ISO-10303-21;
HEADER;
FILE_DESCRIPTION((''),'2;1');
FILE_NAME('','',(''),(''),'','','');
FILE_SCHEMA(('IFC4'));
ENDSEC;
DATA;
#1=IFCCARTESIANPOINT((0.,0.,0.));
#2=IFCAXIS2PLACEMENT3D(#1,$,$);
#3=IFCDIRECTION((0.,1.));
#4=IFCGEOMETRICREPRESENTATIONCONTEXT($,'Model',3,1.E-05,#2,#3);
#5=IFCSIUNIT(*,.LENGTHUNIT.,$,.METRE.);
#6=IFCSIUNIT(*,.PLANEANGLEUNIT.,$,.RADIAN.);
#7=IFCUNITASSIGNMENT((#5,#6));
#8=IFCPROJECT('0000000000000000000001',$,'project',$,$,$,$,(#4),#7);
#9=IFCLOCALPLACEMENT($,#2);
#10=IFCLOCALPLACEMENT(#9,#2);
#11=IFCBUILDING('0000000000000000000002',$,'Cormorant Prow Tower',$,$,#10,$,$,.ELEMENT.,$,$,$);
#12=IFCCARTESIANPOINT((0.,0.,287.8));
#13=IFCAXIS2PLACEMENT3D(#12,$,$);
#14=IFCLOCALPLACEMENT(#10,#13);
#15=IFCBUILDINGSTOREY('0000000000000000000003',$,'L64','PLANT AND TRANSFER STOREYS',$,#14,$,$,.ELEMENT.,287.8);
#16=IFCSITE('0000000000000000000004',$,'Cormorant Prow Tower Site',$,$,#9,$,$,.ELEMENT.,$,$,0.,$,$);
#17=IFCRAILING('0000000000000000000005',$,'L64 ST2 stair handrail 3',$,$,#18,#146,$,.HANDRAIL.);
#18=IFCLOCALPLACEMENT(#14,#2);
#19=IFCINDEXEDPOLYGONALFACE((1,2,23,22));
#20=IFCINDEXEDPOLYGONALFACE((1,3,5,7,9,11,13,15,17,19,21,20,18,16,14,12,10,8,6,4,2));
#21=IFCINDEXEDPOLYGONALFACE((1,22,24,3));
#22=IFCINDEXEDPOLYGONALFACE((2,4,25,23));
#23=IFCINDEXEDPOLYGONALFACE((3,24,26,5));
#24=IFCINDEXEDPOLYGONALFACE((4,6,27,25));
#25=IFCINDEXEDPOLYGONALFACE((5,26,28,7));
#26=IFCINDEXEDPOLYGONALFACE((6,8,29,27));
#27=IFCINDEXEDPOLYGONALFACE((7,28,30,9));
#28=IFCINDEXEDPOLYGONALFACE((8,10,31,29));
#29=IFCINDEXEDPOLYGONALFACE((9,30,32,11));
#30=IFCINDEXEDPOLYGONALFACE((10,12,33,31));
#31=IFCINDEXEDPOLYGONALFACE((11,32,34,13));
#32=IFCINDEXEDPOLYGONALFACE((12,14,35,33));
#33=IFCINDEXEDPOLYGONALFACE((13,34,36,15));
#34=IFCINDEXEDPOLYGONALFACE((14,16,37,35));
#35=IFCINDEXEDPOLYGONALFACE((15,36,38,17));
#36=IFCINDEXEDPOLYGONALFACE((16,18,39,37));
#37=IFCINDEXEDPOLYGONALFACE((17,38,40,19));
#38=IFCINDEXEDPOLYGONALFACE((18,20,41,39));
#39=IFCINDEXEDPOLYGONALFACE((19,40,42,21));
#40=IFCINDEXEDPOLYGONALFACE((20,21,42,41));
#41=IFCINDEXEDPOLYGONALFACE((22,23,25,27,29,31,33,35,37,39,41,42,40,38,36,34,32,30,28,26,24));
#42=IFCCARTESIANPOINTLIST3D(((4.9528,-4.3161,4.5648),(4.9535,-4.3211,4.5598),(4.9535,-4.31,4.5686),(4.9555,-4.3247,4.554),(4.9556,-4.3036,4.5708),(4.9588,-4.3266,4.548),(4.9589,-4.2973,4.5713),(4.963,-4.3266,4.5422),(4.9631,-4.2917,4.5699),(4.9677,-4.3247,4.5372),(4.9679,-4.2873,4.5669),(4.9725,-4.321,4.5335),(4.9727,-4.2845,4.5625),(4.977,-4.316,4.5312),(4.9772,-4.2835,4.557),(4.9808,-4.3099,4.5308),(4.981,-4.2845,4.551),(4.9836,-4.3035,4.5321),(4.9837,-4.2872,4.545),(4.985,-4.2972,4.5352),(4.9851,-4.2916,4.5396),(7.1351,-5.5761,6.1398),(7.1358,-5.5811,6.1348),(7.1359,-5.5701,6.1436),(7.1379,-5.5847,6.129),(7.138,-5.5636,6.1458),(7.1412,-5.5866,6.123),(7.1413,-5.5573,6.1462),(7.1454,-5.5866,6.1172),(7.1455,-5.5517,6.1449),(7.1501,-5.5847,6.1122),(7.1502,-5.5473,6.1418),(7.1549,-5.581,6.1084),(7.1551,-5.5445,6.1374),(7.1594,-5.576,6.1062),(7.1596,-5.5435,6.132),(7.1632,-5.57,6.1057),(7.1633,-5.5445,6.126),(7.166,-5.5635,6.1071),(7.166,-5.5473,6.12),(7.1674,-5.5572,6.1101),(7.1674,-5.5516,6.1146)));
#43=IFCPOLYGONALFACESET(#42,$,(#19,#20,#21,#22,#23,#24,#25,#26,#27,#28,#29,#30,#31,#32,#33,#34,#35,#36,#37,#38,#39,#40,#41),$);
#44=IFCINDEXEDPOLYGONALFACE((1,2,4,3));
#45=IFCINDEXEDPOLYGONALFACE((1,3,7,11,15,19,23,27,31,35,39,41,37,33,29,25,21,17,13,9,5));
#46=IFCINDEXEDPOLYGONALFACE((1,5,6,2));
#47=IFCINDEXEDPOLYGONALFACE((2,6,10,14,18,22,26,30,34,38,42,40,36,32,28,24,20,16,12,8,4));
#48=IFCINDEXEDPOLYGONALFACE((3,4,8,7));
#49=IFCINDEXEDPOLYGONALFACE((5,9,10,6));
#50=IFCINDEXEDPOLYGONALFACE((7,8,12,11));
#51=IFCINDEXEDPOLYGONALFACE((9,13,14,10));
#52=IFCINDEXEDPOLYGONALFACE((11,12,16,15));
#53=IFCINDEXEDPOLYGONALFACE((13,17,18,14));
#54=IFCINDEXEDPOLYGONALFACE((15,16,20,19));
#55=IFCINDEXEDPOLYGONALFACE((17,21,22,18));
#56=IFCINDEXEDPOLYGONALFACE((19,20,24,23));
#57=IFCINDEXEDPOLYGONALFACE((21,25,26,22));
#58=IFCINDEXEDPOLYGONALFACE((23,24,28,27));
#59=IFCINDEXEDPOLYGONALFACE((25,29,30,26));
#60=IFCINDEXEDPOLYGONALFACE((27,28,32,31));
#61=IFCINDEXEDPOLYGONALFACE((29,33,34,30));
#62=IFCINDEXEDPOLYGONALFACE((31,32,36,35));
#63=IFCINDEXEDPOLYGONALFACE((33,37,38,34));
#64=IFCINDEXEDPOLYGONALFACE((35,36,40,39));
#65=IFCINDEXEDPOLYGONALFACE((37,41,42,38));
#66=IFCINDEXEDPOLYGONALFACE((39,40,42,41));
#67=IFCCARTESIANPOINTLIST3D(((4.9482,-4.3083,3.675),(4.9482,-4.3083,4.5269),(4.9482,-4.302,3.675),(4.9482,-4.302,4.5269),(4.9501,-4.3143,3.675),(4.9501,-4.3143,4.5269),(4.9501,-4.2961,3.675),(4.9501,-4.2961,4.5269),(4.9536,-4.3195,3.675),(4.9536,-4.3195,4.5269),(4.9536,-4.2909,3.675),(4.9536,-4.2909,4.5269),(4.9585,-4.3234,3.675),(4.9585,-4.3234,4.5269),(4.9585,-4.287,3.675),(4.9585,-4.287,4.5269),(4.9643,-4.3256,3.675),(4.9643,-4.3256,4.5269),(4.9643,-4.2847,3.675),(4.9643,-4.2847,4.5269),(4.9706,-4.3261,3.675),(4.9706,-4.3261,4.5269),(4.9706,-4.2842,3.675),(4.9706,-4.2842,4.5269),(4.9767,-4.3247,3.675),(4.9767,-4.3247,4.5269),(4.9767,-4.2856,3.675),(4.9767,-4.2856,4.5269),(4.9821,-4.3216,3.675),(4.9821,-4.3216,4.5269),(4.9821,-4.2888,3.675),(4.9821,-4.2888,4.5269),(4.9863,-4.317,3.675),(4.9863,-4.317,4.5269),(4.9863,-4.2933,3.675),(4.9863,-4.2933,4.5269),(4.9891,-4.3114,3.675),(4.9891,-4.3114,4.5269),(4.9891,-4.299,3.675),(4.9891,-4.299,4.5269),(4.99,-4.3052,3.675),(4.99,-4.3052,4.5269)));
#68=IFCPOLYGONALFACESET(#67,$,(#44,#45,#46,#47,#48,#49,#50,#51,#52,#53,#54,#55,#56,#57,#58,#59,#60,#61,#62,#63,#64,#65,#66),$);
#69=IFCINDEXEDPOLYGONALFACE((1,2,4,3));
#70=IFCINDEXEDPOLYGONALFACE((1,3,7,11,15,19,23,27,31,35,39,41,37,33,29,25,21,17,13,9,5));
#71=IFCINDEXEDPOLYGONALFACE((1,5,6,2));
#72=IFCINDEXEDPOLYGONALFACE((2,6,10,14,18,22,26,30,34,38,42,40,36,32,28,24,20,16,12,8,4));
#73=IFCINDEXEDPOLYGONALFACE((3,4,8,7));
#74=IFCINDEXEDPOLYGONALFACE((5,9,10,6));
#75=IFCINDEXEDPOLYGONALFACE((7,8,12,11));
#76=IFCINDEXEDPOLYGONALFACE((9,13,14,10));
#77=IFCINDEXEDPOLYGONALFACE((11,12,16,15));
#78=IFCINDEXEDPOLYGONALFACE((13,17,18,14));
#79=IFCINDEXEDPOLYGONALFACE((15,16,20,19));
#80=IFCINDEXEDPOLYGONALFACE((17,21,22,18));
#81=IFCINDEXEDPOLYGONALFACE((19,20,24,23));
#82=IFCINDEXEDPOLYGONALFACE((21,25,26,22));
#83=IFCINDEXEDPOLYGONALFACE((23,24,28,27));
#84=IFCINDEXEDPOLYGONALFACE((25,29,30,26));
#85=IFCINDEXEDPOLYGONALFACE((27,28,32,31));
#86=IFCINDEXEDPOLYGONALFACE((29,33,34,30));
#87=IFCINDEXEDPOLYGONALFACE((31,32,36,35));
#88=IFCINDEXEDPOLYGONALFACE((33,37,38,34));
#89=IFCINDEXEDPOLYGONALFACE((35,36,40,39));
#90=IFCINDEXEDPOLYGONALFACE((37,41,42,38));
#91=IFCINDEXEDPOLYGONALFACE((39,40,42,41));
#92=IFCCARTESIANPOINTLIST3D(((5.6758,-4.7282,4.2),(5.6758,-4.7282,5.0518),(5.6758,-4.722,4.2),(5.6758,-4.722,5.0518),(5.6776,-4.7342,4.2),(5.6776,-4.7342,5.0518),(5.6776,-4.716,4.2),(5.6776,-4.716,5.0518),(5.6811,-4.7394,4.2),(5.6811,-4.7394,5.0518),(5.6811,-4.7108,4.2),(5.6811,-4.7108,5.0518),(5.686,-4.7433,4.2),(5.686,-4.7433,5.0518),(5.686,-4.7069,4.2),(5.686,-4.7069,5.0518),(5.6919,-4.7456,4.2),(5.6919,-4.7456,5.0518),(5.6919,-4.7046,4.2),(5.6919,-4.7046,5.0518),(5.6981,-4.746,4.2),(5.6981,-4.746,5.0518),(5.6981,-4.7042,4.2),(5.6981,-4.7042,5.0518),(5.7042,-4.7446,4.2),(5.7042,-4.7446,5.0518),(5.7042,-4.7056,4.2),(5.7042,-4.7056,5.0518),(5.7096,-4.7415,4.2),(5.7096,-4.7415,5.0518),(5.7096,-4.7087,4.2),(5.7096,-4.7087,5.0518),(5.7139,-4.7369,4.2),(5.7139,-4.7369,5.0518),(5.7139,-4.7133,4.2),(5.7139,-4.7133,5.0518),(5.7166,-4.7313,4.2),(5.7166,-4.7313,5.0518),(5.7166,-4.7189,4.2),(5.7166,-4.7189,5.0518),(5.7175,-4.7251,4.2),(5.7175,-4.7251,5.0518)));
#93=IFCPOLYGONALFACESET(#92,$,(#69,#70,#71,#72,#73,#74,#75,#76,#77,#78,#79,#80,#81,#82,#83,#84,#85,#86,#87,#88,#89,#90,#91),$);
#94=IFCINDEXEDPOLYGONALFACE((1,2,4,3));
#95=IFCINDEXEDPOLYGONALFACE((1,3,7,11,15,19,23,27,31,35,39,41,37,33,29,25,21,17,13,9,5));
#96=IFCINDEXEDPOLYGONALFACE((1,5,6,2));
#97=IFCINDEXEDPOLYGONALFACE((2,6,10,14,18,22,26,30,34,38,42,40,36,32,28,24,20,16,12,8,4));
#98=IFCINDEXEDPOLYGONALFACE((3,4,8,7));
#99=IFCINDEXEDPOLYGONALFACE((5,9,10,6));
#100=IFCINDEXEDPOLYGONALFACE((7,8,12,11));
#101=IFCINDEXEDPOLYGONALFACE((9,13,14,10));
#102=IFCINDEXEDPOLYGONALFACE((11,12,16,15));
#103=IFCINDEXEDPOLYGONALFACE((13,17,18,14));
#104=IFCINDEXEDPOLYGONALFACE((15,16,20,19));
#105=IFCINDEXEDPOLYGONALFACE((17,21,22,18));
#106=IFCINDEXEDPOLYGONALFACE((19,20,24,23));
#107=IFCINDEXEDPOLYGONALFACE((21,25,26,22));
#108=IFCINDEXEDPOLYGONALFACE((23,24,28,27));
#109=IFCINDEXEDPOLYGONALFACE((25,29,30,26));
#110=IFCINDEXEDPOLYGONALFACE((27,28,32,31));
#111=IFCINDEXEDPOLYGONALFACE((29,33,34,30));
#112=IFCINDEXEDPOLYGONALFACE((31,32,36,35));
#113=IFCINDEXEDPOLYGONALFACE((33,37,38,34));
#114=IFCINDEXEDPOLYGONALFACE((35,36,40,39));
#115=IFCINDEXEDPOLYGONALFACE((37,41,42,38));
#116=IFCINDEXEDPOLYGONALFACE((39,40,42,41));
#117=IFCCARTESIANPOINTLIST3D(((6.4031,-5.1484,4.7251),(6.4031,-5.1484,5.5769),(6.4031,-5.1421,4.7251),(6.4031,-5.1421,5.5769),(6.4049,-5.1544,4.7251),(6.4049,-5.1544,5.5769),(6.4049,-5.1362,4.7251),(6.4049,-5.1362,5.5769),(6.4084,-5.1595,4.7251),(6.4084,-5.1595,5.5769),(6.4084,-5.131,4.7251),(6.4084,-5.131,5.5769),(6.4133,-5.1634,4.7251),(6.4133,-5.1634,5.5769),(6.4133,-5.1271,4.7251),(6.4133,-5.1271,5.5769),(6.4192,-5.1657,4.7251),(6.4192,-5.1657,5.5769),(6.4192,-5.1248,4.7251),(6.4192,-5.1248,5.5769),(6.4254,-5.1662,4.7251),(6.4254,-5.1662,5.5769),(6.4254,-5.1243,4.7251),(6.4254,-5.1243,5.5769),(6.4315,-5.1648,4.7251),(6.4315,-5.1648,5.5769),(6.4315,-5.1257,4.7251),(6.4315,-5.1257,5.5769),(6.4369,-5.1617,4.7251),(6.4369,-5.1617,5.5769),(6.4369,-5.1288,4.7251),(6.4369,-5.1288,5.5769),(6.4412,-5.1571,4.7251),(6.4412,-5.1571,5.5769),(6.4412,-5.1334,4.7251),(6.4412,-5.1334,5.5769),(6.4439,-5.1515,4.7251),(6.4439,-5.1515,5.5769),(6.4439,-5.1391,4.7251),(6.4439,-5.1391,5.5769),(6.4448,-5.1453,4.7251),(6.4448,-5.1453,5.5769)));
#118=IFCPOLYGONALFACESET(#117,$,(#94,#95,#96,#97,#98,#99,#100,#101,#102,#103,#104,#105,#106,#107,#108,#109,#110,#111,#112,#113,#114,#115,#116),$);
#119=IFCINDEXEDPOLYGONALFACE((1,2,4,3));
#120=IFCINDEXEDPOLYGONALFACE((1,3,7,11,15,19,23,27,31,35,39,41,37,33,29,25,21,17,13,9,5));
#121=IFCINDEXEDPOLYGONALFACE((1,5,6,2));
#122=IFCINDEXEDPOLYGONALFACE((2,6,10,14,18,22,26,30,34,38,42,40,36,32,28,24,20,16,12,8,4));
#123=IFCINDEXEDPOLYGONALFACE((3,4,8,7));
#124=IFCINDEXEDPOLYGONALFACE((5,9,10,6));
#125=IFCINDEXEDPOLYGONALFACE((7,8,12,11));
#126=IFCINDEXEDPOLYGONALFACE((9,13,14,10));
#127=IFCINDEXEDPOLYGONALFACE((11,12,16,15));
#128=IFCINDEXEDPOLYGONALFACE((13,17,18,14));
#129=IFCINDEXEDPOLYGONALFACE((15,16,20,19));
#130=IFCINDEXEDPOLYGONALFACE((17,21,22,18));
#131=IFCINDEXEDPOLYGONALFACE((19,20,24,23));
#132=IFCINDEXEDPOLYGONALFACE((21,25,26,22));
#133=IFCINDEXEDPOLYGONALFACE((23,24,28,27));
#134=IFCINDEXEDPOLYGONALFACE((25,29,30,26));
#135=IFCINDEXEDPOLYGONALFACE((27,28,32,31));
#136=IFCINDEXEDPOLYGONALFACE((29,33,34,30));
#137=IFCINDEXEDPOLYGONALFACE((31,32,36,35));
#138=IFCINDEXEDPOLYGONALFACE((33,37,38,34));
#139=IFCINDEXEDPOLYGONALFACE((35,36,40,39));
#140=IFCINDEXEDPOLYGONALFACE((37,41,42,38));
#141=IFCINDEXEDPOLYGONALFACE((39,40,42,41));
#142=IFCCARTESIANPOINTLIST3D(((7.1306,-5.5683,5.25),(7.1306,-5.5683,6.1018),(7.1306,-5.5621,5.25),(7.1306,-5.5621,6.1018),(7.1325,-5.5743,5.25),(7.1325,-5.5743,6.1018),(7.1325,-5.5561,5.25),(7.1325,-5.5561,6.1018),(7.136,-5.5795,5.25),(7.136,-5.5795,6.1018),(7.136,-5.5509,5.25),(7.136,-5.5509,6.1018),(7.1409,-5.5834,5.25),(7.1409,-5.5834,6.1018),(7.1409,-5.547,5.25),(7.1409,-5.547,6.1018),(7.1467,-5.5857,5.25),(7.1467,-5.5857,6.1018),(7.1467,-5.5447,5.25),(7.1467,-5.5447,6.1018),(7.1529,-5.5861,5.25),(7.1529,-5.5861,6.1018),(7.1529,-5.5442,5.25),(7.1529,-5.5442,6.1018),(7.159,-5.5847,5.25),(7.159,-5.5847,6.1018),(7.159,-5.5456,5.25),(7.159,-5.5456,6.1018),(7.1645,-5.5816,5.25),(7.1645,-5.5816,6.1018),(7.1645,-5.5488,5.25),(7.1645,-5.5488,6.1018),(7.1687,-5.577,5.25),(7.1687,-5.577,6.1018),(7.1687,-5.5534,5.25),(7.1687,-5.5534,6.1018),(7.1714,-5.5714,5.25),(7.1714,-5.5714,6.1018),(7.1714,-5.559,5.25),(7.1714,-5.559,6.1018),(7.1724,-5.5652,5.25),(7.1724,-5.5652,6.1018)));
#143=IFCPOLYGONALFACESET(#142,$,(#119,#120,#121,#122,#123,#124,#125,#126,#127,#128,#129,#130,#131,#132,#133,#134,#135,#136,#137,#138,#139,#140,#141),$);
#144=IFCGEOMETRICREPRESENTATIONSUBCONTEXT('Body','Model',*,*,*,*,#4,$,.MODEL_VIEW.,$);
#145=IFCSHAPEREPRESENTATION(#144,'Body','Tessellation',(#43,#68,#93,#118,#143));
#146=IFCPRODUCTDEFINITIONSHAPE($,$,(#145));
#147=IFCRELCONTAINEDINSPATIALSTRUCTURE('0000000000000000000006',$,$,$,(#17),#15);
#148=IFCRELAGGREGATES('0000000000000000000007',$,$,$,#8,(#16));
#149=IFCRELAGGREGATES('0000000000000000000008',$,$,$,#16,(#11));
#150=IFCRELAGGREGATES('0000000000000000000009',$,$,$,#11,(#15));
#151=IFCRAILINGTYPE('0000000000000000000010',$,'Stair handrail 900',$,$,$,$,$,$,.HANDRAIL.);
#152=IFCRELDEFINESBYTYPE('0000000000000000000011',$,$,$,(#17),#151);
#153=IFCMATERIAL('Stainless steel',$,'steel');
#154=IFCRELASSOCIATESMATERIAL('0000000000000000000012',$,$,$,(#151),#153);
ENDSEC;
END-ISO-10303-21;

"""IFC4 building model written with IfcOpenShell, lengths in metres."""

from ifc_helpers import new_model, si_unit, direction, frame, origin, origin_2d, place, context, subcontext, project, spatial, circle, extrude, material, type_object, element, save


model = new_model("IFC4")

# Units and contexts
model_context = context("Model", 3, precision=1e-05, world=origin(), true_north=direction((0.0, 1.0)))
body_context = subcontext(model_context, "Body", "Model", "MODEL_VIEW")
ifc_project = project(units=[si_unit("LENGTHUNIT", "METRE"), si_unit("PLANEANGLEUNIT", "RADIAN")], contexts=[model_context])

# Site, building, storey
site_placement = place(None, origin())
site = spatial("IfcSite", under=ifc_project, at=site_placement, Name="Cormorant Prow Tower Site", CompositionType="ELEMENT", RefElevation=0.0)
building_placement = place(site_placement, origin())
building = spatial("IfcBuilding", under=site, at=building_placement, Name="Cormorant Prow Tower", CompositionType="ELEMENT")
storey_placement = place(building_placement, frame((0.0, 0.0, 287.8)))
storey = spatial("IfcBuildingStorey", under=building, at=storey_placement, Name="L64", Description="PLANT AND TRANSFER STOREYS", CompositionType="ELEMENT", Elevation=287.8)

# Railing
ifc_material_1 = material(Name="Stainless steel", Category="steel")
railing_type_1 = type_object("IfcRailingType", Name="Stair handrail 900", PredefinedType="HANDRAIL", material=ifc_material_1)
for number, where, name in (
    (1, (4.969, -4.3052, 3.675), "L64 ST2 stair handrail 3"),
):
    element("IfcRailing", number, at=place(storey_placement, frame(where)), inside=storey, type_object=railing_type_1, Name=name, PredefinedType="HANDRAIL", context=body_context, shape_type="SweptSolid", body=[
        extrude(circle(Radius=0.0239, at=origin_2d()), frame((0.0, 0.0, 0.876), z_axis=(0.734392, -0.424007, 0.529988), x_axis=(0.500005, 0.866023, 0.0)), (0.0, 0.0, 1.0), 2.9717),
        extrude(circle(Radius=0.021, at=origin_2d()), origin(), (0.0, 0.0, 1.0), 0.8518),
        extrude(circle(Radius=0.021, at=origin_2d()), frame((0.7275, -0.4199, 0.5249)), (0.0, 0.0, 1.0), 0.8518),
        extrude(circle(Radius=0.021, at=origin_2d()), frame((1.4548, -0.8401, 1.05)), (0.0, 0.0, 1.0), 0.8518),
        extrude(circle(Radius=0.021, at=origin_2d()), frame((2.1824, -1.26, 1.575)), (0.0, 0.0, 1.0), 0.8518),
    ])

save(model, "model.ifc")
